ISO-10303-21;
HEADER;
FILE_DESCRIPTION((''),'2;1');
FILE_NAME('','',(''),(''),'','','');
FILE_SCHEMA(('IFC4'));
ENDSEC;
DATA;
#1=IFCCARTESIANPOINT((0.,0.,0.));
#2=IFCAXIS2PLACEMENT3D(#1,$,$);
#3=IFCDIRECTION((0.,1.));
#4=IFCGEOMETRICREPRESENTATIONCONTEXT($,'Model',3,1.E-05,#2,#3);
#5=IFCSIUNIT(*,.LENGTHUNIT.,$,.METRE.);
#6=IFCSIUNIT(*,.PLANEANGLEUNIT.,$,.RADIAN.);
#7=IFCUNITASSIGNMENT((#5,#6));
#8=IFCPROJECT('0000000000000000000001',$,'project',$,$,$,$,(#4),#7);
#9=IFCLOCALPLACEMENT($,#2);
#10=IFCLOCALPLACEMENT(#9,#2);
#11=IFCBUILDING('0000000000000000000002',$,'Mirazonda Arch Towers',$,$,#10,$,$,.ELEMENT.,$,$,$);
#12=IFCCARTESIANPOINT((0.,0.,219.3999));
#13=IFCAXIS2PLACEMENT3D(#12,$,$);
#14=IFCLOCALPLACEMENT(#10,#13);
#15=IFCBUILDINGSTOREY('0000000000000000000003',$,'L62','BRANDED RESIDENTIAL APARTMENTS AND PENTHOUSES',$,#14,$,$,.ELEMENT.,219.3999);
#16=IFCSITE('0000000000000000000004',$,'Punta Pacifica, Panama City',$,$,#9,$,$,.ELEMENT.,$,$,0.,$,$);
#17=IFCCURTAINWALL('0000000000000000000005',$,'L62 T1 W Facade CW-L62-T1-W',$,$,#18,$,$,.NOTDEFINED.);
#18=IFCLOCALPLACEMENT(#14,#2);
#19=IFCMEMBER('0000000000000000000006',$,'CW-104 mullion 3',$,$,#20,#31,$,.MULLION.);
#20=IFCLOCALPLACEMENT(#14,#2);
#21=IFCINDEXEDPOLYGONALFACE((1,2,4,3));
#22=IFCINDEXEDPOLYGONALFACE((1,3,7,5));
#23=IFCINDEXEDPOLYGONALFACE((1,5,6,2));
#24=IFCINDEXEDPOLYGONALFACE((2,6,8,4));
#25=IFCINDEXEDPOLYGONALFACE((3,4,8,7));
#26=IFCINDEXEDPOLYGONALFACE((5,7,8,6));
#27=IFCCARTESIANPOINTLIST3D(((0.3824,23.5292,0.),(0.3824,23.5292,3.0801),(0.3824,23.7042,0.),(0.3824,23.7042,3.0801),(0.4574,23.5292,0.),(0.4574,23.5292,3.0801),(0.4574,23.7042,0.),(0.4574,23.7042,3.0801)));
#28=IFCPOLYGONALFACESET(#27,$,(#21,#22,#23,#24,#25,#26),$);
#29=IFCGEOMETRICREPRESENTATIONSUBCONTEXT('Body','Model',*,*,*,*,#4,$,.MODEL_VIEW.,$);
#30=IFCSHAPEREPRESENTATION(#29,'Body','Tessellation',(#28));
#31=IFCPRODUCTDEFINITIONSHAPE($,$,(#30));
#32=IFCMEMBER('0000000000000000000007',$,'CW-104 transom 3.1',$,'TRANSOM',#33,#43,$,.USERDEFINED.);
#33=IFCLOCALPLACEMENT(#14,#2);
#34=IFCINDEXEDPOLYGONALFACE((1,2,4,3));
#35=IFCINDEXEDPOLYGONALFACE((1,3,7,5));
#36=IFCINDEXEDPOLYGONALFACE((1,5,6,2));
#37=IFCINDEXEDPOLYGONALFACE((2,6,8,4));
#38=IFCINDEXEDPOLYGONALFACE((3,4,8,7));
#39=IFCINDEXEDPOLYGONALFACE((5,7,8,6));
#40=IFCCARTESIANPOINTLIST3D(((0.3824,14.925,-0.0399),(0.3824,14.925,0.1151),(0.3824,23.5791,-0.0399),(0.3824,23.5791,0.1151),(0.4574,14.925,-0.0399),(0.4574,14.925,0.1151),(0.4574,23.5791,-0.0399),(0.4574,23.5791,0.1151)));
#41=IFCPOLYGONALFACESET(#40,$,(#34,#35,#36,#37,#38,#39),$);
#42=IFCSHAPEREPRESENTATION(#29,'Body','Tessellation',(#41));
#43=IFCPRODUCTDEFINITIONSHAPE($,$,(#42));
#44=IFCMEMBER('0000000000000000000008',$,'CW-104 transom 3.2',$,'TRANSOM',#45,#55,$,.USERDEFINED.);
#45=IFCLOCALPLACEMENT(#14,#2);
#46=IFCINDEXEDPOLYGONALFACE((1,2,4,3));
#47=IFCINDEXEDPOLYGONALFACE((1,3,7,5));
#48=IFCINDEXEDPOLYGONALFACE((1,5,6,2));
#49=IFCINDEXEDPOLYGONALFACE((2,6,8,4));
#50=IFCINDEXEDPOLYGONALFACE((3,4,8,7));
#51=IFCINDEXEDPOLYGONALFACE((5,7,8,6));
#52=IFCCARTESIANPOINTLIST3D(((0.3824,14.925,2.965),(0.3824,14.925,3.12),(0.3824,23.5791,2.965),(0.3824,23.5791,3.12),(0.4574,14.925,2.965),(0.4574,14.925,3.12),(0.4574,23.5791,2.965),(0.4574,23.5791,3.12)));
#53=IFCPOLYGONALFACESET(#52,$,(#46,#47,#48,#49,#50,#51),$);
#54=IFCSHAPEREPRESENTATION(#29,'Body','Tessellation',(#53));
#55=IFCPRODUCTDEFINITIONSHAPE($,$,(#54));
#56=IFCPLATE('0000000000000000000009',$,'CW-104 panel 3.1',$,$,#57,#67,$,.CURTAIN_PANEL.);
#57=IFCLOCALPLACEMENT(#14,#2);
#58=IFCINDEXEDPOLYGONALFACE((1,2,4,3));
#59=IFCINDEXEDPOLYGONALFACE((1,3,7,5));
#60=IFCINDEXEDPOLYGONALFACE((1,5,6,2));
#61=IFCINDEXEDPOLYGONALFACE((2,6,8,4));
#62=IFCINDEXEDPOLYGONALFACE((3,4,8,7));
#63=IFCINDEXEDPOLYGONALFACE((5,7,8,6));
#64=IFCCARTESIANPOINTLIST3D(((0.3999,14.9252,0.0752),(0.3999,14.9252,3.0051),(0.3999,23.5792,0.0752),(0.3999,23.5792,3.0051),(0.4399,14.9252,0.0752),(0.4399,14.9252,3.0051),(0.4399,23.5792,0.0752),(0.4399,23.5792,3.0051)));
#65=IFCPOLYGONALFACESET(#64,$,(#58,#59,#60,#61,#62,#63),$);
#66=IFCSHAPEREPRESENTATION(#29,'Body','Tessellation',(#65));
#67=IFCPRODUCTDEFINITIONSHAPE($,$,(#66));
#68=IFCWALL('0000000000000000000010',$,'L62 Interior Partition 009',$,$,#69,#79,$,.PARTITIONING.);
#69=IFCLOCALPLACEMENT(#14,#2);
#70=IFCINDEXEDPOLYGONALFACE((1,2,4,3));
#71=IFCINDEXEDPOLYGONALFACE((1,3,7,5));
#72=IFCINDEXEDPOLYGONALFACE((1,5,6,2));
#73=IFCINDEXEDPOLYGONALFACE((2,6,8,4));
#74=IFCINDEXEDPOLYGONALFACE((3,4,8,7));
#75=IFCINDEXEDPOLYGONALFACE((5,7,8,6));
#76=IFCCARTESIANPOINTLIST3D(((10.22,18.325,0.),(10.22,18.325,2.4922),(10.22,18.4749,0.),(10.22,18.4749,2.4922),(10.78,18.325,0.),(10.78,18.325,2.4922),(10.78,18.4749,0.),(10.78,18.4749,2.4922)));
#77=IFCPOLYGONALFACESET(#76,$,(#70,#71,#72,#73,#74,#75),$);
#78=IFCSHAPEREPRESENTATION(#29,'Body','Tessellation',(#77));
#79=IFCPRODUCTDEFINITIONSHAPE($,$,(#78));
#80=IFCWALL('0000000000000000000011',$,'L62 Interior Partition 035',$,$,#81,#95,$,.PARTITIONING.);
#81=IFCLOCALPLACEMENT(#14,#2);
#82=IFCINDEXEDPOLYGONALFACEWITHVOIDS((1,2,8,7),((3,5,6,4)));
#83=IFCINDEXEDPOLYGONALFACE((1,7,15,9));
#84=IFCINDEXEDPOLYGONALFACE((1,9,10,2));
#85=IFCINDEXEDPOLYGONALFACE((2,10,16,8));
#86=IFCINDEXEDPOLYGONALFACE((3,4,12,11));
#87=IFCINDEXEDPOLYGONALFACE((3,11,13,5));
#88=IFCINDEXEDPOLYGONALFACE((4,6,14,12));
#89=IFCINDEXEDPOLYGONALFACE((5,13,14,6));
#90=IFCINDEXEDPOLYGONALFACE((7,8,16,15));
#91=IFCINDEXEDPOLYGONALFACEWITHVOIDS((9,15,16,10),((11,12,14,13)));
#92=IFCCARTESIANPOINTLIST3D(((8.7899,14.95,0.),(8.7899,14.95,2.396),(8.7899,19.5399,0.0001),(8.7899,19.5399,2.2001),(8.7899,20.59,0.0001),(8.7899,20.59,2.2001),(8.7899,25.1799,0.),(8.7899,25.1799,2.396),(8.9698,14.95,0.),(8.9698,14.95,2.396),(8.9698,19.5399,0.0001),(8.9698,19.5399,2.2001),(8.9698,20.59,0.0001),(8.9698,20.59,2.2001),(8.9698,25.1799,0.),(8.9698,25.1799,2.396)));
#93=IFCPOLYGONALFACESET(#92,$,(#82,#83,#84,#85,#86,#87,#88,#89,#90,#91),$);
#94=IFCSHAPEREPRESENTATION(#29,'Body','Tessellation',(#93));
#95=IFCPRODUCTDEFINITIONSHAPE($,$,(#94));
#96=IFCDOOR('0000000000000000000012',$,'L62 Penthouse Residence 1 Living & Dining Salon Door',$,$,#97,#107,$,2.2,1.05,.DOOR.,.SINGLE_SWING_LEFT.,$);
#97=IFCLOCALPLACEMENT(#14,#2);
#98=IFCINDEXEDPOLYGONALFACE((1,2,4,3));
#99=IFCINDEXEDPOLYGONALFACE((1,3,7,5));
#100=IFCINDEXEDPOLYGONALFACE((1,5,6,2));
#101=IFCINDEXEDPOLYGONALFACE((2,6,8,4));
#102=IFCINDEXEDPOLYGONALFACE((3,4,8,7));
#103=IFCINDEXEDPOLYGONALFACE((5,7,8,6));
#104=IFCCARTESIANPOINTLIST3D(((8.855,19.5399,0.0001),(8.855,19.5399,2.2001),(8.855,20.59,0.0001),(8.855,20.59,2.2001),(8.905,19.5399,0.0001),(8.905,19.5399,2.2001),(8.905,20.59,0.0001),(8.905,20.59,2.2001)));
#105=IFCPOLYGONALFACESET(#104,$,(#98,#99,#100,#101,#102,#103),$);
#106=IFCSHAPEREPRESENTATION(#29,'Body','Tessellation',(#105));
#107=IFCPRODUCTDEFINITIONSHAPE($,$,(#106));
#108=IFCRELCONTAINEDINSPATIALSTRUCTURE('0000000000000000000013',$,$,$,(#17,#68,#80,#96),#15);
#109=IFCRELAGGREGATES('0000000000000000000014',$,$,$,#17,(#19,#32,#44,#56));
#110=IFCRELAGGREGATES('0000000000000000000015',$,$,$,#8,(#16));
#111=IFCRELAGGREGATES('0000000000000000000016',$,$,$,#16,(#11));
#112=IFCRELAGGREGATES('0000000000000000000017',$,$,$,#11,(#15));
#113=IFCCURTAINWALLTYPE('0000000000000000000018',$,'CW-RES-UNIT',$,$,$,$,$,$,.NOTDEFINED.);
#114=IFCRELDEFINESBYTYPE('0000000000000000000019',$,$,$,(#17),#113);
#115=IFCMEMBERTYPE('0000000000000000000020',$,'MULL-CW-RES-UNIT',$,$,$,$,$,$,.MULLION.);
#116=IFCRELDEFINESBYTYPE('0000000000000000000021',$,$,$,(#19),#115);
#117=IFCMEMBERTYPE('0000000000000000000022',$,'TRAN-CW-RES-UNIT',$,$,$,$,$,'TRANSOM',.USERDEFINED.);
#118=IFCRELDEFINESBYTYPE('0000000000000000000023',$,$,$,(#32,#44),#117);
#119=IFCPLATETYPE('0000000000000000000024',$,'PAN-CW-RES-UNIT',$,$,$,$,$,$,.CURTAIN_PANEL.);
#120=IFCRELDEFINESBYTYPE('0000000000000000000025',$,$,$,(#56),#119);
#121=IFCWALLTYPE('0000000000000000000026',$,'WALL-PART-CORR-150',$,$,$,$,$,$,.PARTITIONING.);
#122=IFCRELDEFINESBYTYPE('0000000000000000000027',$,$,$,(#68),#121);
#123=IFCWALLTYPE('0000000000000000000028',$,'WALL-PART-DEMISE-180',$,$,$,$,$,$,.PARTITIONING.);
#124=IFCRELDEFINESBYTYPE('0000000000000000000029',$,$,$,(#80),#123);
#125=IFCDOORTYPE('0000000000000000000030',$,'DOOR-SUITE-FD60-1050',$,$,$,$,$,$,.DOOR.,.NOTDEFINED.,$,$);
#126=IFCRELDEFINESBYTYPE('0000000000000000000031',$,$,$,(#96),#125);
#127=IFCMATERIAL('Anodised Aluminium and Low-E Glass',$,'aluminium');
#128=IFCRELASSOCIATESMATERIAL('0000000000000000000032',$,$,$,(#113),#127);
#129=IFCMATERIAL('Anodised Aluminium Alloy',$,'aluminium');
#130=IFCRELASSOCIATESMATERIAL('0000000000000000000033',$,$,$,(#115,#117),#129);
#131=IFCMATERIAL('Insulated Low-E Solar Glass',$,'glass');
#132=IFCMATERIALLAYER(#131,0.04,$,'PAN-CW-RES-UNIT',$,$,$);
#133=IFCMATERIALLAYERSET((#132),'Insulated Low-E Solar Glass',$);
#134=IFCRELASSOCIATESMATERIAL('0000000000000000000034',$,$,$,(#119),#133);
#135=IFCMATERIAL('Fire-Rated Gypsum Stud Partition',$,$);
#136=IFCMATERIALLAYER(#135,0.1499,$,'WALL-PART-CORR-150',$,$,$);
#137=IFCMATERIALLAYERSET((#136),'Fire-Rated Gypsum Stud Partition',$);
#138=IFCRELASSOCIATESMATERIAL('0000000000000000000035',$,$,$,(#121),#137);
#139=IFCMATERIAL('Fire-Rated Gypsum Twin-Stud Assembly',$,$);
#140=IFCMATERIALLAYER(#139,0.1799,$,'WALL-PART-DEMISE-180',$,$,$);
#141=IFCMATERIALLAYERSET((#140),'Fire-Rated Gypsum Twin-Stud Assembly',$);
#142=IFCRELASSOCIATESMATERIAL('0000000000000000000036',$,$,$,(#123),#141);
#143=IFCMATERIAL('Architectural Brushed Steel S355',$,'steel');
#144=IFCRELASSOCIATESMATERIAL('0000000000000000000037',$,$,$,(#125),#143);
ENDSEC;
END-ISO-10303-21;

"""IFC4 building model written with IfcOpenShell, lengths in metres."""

from ifc_helpers import new_model, si_unit, direction, frame, frame_2d, origin, origin_2d, place, context, subcontext, project, spatial, rectangle, extrude, material, layer, layer_set, material_profile, profile_set, type_object, element, fill, aggregate, save


model = new_model("IFC4")

# Units and contexts
model_context = context("Model", 3, precision=1e-05, world=origin(), true_north=direction((0.0, 1.0)))
body_context = subcontext(model_context, "Body", "Model", "MODEL_VIEW")
ifc_project = project(units=[si_unit("LENGTHUNIT", "METRE"), si_unit("PLANEANGLEUNIT", "RADIAN")], contexts=[model_context])

# Site, building, storey
site_placement = place(None, origin())
site = spatial("IfcSite", under=ifc_project, at=site_placement, Name="Punta Pacifica, Panama City", CompositionType="ELEMENT", RefElevation=0.0)
building_placement = place(site_placement, origin())
building = spatial("IfcBuilding", under=site, at=building_placement, Name="Mirazonda Arch Towers", CompositionType="ELEMENT")
storey_placement = place(building_placement, frame((0.0, 0.0, 219.3999)))
storey = spatial("IfcBuildingStorey", under=building, at=storey_placement, Name="L62", Description="BRANDED RESIDENTIAL APARTMENTS AND PENTHOUSES", CompositionType="ELEMENT", Elevation=219.3999)

# Curtain wall, members, plate
ifc_material_1 = material(Name="Anodised Aluminium and Low-E Glass", Category="aluminium")
curtain_wall_type = type_object("IfcCurtainWallType", Name="CW-RES-UNIT", PredefinedType="NOTDEFINED", material=ifc_material_1)
curtain_wall_placement = place(storey_placement, origin())
curtain_wall = element("IfcCurtainWall", 1, at=curtain_wall_placement, inside=storey, type_object=curtain_wall_type, Name="L62 T1 W Facade CW-L62-T1-W", PredefinedType="NOTDEFINED")
ifc_material_2 = material(Name="Anodised Aluminium Alloy", Category="aluminium")
ifc_material_profile_1 = material_profile(ifc_material_2, rectangle(XDim=0.075, YDim=0.175, at=origin_2d()), Name="ALU-MULL-75x175")
ifc_profile_set_1 = profile_set([ifc_material_profile_1], Name="Anodised Aluminium Alloy")
member_type_1 = type_object("IfcMemberType", Name="MULL-CW-RES-UNIT", PredefinedType="MULLION", material=ifc_profile_set_1)
member_1_placement = place(storey_placement, frame((0.4199, 23.6167, 0.0), z_axis=(0.0, 0.0, 1.0), x_axis=(1.0, 0.0, 0.0)))
member_1 = element("IfcMember", 2, at=member_1_placement, type_object=member_type_1, Name="CW-104 mullion 3", PredefinedType="MULLION", context=body_context, shape_type="SweptSolid", body=[
    extrude(rectangle(XDim=0.075, YDim=0.175, at=origin_2d()), origin(), (0.0, 0.0, 1.0), 3.0801),
])
ifc_material_profile_2 = material_profile(ifc_material_2, rectangle(XDim=0.075, YDim=0.155, at=origin_2d()), Name="ALU-TRAN-75x155")
ifc_profile_set_2 = profile_set([ifc_material_profile_2], Name="Anodised Aluminium Alloy")
member_type_2 = type_object("IfcMemberType", Name="TRAN-CW-RES-UNIT", ElementType="TRANSOM", PredefinedType="USERDEFINED", material=ifc_profile_set_2)
member_2_placement = place(storey_placement, frame((0.4199, 23.5791, 0.0376), z_axis=(0.0, -1.0, 0.0), x_axis=(1.0, 0.0, 0.0)))
member_2 = element("IfcMember", 3, at=member_2_placement, type_object=member_type_2, Name="CW-104 transom 3.1", ObjectType="TRANSOM", PredefinedType="USERDEFINED", context=body_context, shape_type="SweptSolid", body=[
    extrude(rectangle(XDim=0.075, YDim=0.155, at=origin_2d()), origin(), (0.0, 0.0, 1.0), 8.6541),
])
member_3_placement = place(storey_placement, frame((0.4199, 23.5791, 3.0425), z_axis=(0.0, -1.0, 0.0), x_axis=(1.0, 0.0, 0.0)))
member_3 = element("IfcMember", 4, at=member_3_placement, type_object=member_type_2, Name="CW-104 transom 3.2", ObjectType="TRANSOM", PredefinedType="USERDEFINED", context=body_context, shape_type="SweptSolid", body=[
    extrude(rectangle(XDim=0.075, YDim=0.155, at=origin_2d()), origin(), (0.0, 0.0, 1.0), 8.6541),
])
ifc_material_3 = material(Name="Insulated Low-E Solar Glass", Category="glass")
ifc_layer_1 = layer(ifc_material_3, 0.04, Name="PAN-CW-RES-UNIT")
ifc_layer_set_1 = layer_set([ifc_layer_1], Name="Insulated Low-E Solar Glass")
plate_type = type_object("IfcPlateType", Name="PAN-CW-RES-UNIT", PredefinedType="CURTAIN_PANEL", material=ifc_layer_set_1)
plate_placement = place(storey_placement, frame((0.4199, 19.2522, 0.0752), z_axis=(0.0, 0.0, 1.0), x_axis=(0.0, -1.0, 0.0)))
plate = element("IfcPlate", 5, at=plate_placement, type_object=plate_type, Name="CW-104 panel 3.1", PredefinedType="CURTAIN_PANEL", context=body_context, shape_type="SweptSolid", body=[
    extrude(rectangle(XDim=8.6541, YDim=0.04, at=origin_2d()), origin(), (0.0, 0.0, 1.0), 2.9299),
])
aggregate(curtain_wall, [member_1, member_2, member_3, plate])

# Wall
ifc_material_4 = material(Name="Fire-Rated Gypsum Stud Partition")
ifc_layer_2 = layer(ifc_material_4, 0.1499, Name="WALL-PART-CORR-150")
ifc_layer_set_2 = layer_set([ifc_layer_2], Name="Fire-Rated Gypsum Stud Partition")
wall_type_1 = type_object("IfcWallType", Name="WALL-PART-CORR-150", PredefinedType="PARTITIONING", material=ifc_layer_set_2)
wall_1_placement = place(storey_placement, frame((10.22, 18.3999, 0.0), z_axis=(0.0, 0.0, 1.0), x_axis=(1.0, 0.0, 0.0)))
element("IfcWall", 6, at=wall_1_placement, inside=storey, type_object=wall_type_1, Name="L62 Interior Partition 009", PredefinedType="PARTITIONING", context=body_context, shape_type="SweptSolid", body=[
    extrude(rectangle(XDim=0.5601, YDim=0.1499, at=frame_2d((0.28, 0.0))), origin(), (0.0, 0.0, 1.0), 2.4922),
])

# Wall, opening, door
ifc_material_5 = material(Name="Fire-Rated Gypsum Twin-Stud Assembly")
ifc_layer_3 = layer(ifc_material_5, 0.1799, Name="WALL-PART-DEMISE-180")
ifc_layer_set_3 = layer_set([ifc_layer_3], Name="Fire-Rated Gypsum Twin-Stud Assembly")
wall_type_2 = type_object("IfcWallType", Name="WALL-PART-DEMISE-180", PredefinedType="PARTITIONING", material=ifc_layer_set_3)
wall_2_placement = place(storey_placement, frame((8.8799, 14.95, 0.0), z_axis=(0.0, 0.0, 1.0), x_axis=(0.0, 1.0, 0.0)))
wall_2 = element("IfcWall", 7, at=wall_2_placement, inside=storey, type_object=wall_type_2, Name="L62 Interior Partition 035", PredefinedType="PARTITIONING", context=body_context, shape_type="SweptSolid", body=[
    extrude(rectangle(XDim=10.23, YDim=0.1799, at=frame_2d((5.115, 0.0))), origin(), (0.0, 0.0, 1.0), 2.396),
])
opening_placement = place(wall_2_placement, frame((4.5901, 0.0, 0.0)))
opening = element("IfcOpeningElement", 8, at=opening_placement, cuts=wall_2, PredefinedType="OPENING", context=body_context, shape_type="SweptSolid", body=[
    extrude(rectangle(XDim=1.05, YDim=2.2, at=frame_2d((0.5249, 1.1001))), frame((0.0, 0.0999, 0.0), z_axis=(0.0, -1.0, 0.0), x_axis=(1.0, 0.0, 0.0)), (0.0, 0.0, 1.0), 0.2),
])
ifc_material_6 = material(Name="Architectural Brushed Steel S355", Category="steel")
door_type = type_object("IfcDoorType", Name="DOOR-SUITE-FD60-1050", OperationType="NOTDEFINED", PredefinedType="DOOR", material=ifc_material_6)
door_placement = place(opening_placement, origin())
door = element("IfcDoor", 9, at=door_placement, inside=storey, type_object=door_type, Name="L62 Penthouse Residence 1 Living & Dining Salon Door", OperationType="SINGLE_SWING_LEFT", OverallHeight=2.2, OverallWidth=1.05, PredefinedType="DOOR", context=body_context, shape_type="SweptSolid", body=[
    extrude(rectangle(XDim=1.05, YDim=2.2, at=frame_2d((0.5249, 1.1001))), frame((0.0, 0.0249, 0.0), z_axis=(0.0, -1.0, 0.0), x_axis=(1.0, 0.0, 0.0)), (0.0, 0.0, 1.0), 0.05),
])
fill(opening, door)

save(model, "model.ifc")
